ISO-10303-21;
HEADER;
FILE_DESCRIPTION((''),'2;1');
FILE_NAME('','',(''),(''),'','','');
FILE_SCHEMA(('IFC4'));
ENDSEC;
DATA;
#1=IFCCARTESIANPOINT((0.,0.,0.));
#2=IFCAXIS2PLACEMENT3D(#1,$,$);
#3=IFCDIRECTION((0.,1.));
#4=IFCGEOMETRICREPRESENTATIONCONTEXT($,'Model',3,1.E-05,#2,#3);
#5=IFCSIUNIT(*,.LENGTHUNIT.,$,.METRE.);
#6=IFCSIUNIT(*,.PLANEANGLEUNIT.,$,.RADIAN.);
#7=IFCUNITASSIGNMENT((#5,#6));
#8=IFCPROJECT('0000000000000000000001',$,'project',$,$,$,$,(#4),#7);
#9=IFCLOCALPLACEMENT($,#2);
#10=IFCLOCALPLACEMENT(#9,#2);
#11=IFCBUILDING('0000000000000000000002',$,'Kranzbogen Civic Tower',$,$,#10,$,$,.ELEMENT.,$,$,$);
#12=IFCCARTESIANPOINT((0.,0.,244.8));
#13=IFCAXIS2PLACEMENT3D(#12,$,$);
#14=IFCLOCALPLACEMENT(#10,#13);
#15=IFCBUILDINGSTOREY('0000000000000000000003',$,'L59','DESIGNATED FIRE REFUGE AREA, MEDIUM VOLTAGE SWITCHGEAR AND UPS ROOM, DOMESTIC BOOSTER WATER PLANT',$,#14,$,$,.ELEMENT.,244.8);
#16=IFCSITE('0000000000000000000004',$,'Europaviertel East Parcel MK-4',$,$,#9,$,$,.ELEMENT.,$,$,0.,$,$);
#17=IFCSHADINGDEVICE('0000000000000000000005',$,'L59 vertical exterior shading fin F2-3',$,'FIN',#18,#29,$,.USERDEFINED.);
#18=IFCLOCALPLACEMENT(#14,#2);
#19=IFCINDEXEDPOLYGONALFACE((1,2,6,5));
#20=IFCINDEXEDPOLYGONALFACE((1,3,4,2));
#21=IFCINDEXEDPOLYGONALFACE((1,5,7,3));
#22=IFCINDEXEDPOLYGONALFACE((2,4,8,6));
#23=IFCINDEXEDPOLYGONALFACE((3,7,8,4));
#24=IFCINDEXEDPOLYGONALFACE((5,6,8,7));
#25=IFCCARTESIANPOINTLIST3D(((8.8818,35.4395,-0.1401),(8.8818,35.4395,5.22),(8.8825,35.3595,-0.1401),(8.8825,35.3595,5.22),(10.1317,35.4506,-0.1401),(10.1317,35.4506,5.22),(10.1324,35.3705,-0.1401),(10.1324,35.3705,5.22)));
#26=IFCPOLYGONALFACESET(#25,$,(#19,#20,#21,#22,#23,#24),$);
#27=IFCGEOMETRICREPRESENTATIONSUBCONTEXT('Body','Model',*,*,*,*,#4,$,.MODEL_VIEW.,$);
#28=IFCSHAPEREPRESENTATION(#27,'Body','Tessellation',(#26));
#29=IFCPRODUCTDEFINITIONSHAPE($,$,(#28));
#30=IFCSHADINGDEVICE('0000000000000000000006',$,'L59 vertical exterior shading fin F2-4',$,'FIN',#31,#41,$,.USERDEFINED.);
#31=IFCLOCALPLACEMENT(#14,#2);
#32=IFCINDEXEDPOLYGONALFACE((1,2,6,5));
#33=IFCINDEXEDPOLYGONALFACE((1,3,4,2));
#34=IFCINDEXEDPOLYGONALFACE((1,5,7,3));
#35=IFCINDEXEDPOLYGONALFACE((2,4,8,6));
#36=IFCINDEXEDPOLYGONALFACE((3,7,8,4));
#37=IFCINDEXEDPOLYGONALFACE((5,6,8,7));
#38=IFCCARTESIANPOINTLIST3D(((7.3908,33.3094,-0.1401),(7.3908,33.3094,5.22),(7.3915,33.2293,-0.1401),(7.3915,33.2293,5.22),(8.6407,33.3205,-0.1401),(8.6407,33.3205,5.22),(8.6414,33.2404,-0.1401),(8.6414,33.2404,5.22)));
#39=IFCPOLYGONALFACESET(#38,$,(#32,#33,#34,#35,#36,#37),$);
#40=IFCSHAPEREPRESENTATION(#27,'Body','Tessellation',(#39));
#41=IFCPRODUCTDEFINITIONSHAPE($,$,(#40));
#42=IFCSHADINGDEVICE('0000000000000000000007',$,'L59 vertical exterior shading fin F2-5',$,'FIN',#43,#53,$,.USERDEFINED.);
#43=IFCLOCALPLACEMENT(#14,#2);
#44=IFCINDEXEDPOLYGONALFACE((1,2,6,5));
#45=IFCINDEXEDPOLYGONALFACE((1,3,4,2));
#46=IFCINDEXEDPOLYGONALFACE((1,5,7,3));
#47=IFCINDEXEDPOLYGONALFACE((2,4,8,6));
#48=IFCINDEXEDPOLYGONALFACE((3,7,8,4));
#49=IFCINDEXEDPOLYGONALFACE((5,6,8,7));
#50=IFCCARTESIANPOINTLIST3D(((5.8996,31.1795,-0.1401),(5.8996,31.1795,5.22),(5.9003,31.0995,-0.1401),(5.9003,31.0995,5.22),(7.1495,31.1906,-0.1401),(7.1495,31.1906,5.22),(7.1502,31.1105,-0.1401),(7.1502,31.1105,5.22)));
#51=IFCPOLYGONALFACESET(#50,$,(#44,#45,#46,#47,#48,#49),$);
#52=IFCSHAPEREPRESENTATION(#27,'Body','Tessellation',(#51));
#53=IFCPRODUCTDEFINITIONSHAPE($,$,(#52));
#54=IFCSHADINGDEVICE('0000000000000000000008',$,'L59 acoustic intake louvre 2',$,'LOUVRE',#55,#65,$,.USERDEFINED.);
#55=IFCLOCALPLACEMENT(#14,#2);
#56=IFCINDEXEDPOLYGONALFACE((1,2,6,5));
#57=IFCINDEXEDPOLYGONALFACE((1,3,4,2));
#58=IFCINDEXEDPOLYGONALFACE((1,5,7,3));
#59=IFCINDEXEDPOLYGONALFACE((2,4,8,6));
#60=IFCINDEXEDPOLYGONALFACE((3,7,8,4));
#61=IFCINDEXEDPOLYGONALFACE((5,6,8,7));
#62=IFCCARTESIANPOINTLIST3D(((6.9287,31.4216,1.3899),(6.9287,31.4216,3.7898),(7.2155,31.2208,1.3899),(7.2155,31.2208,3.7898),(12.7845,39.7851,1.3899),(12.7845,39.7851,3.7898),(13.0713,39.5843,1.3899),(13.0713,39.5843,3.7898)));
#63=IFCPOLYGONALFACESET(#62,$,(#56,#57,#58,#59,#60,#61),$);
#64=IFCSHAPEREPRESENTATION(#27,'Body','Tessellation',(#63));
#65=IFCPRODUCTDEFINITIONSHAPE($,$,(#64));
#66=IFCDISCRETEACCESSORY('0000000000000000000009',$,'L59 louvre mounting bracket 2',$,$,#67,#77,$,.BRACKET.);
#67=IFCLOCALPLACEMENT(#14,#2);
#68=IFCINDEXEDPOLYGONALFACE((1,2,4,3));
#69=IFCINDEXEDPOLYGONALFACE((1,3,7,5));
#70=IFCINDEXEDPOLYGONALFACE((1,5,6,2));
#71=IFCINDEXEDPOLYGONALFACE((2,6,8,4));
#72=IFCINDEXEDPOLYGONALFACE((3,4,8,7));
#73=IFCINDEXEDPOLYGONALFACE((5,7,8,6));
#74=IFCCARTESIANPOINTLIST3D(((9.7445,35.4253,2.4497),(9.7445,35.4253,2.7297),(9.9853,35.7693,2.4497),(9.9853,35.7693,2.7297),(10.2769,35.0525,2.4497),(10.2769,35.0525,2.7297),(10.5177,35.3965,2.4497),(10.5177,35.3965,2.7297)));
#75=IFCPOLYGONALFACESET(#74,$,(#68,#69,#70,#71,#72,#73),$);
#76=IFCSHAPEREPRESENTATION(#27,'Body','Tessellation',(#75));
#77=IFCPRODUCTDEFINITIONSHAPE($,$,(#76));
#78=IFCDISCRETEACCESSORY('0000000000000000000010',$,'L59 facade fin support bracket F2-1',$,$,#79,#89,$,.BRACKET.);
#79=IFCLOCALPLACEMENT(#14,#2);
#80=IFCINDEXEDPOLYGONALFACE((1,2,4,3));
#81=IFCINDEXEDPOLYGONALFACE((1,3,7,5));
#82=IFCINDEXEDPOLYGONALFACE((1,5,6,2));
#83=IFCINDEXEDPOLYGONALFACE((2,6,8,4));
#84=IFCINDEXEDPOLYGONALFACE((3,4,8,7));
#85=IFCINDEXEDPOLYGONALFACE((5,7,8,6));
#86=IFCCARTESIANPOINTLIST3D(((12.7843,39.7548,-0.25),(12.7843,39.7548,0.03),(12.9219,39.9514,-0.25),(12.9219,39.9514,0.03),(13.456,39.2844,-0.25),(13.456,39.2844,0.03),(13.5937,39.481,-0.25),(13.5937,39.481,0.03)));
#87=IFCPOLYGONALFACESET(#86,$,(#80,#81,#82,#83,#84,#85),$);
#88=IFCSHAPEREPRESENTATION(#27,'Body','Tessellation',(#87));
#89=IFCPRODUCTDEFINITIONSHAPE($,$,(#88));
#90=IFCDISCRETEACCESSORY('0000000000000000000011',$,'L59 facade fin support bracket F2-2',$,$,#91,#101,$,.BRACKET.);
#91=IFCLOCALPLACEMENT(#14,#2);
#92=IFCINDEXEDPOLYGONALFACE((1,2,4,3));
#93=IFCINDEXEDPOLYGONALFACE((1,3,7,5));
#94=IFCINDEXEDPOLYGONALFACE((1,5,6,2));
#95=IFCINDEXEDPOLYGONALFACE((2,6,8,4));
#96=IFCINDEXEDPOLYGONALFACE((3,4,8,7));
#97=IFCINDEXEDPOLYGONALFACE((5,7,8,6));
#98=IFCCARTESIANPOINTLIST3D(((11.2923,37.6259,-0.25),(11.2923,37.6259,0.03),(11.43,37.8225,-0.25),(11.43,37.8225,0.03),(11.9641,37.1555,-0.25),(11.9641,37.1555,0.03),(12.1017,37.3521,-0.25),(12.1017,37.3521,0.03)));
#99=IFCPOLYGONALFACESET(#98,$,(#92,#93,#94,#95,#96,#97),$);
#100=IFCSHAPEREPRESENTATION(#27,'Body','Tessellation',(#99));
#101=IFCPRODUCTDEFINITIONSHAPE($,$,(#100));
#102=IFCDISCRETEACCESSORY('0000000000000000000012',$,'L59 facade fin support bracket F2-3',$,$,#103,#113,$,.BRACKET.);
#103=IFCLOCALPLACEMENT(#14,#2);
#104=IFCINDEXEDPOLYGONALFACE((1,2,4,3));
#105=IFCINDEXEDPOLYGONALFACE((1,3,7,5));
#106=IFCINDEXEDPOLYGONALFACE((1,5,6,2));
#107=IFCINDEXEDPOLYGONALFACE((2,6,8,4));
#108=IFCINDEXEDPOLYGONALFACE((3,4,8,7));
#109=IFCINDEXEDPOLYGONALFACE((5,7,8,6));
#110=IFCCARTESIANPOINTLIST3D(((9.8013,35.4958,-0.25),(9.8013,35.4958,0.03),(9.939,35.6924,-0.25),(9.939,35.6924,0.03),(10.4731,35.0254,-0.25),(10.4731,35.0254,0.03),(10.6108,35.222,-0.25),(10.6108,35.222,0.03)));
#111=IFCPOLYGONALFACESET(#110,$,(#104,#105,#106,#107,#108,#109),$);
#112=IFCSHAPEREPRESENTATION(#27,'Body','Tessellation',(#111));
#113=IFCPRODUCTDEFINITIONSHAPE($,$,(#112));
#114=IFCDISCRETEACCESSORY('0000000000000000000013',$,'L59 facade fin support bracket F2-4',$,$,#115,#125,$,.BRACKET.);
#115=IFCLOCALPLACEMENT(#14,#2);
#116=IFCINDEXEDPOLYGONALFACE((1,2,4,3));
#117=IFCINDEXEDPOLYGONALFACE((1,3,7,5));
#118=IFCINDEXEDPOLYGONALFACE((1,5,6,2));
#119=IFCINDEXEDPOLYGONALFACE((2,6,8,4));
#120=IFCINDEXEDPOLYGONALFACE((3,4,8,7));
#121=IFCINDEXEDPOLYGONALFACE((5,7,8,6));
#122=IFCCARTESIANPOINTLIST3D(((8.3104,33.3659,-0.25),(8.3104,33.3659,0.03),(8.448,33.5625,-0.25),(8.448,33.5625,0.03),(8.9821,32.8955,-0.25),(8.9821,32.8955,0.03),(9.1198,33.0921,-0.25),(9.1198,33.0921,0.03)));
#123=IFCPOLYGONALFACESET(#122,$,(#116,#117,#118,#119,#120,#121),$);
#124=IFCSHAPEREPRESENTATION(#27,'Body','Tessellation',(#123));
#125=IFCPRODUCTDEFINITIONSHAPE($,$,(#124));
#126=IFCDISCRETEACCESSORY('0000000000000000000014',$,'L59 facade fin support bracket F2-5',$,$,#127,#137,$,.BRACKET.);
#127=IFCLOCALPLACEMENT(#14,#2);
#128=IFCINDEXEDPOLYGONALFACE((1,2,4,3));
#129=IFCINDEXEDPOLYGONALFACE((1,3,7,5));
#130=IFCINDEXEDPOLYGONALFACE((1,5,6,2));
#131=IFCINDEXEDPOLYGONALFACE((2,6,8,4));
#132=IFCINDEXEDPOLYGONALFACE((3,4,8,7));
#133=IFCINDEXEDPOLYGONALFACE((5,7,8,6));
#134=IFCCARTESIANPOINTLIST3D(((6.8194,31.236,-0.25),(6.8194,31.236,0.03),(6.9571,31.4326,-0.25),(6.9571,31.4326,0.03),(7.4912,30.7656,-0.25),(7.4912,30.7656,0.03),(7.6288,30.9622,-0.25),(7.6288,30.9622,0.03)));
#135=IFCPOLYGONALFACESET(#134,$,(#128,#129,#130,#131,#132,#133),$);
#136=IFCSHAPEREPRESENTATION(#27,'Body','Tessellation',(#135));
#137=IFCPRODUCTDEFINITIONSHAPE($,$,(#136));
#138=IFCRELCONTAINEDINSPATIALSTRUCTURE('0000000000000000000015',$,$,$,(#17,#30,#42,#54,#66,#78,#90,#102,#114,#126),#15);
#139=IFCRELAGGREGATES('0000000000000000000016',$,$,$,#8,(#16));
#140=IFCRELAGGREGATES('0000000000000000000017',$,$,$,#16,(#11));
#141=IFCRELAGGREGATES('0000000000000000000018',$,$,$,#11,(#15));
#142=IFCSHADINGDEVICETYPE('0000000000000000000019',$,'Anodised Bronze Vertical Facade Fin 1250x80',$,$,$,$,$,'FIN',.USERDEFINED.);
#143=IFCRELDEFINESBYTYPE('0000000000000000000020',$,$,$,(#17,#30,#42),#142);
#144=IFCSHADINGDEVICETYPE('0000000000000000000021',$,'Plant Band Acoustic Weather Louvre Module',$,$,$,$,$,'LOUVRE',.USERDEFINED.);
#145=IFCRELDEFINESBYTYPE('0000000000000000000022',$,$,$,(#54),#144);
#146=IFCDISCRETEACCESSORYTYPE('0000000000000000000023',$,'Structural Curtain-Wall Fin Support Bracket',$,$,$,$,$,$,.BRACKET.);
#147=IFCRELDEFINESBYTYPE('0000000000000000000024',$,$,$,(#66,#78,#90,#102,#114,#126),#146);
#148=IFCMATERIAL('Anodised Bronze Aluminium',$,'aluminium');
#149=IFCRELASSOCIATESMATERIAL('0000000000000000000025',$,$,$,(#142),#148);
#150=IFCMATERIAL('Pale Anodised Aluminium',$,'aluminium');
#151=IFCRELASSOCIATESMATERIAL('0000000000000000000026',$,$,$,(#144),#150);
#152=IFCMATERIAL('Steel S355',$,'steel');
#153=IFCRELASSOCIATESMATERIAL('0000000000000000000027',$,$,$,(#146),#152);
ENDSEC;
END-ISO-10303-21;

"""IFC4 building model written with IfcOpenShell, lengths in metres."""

from ifc_helpers import new_model, si_unit, direction, frame, origin, origin_2d, place, context, subcontext, project, spatial, rectangle, extrude, material, type_object, element, save


model = new_model("IFC4")

# Units and contexts
model_context = context("Model", 3, precision=1e-05, world=origin(), true_north=direction((0.0, 1.0)))
body_context = subcontext(model_context, "Body", "Model", "MODEL_VIEW")
ifc_project = project(units=[si_unit("LENGTHUNIT", "METRE"), si_unit("PLANEANGLEUNIT", "RADIAN")], contexts=[model_context])

# Site, building, storey
site_placement = place(None, origin())
site = spatial("IfcSite", under=ifc_project, at=site_placement, Name="Europaviertel East Parcel MK-4", CompositionType="ELEMENT", RefElevation=0.0)
building_placement = place(site_placement, origin())
building = spatial("IfcBuilding", under=site, at=building_placement, Name="Kranzbogen Civic Tower", CompositionType="ELEMENT")
storey_placement = place(building_placement, frame((0.0, 0.0, 244.8)))
storey = spatial("IfcBuildingStorey", under=building, at=storey_placement, Name="L59", Description="DESIGNATED FIRE REFUGE AREA, MEDIUM VOLTAGE SWITCHGEAR AND UPS ROOM, DOMESTIC BOOSTER WATER PLANT", CompositionType="ELEMENT", Elevation=244.8)

# Shared definitions
ifc_material_1 = material(Name="Steel S355", Category="steel")

# Shared definitions
ifc_material_2 = material(Name="Pale Anodised Aluminium", Category="aluminium")

# Shading devices
ifc_material_3 = material(Name="Anodised Bronze Aluminium", Category="aluminium")
shading_device_type_1 = type_object("IfcShadingDeviceType", Name="Anodised Bronze Vertical Facade Fin 1250x80", ElementType="FIN", PredefinedType="USERDEFINED", material=ifc_material_3)
for number, where, z_axis, x_axis, name in (
    (1, (9.5071, 35.405, -0.1401), (0.0, 0.0, 1.0), (-0.999961, -0.008849, 0.0), "L59 vertical exterior shading fin F2-3"),
    (2, (8.0161, 33.2749, -0.1401), (0.0, 0.0, 1.0), (-0.999961, -0.008849, 0.0), "L59 vertical exterior shading fin F2-4"),
    (3, (6.5249, 31.145, -0.1401), (0.0, 0.0, 1.0), (-0.999961, -0.008849, 0.0), "L59 vertical exterior shading fin F2-5"),
):
    element("IfcShadingDevice", number, at=place(storey_placement, frame(where, z_axis=z_axis, x_axis=x_axis)), inside=storey, type_object=shading_device_type_1, Name=name, ObjectType="FIN", PredefinedType="USERDEFINED", context=body_context, shape_type="SweptSolid", body=[
        extrude(rectangle(XDim=1.25, YDim=0.0801, at=origin_2d()), origin(), (0.0, 0.0, 1.0), 5.3601),
    ])
shading_device_type_2 = type_object("IfcShadingDeviceType", Name="Plant Band Acoustic Weather Louvre Module", ElementType="LOUVRE", PredefinedType="USERDEFINED", material=ifc_material_2)
shading_device_placement = place(storey_placement, frame((10.0, 35.5029, 1.3899), z_axis=(0.0, 0.0, 1.0), x_axis=(-0.573548, -0.819172, 0.0)))
element("IfcShadingDevice", 4, at=shading_device_placement, inside=storey, type_object=shading_device_type_2, Name="L59 acoustic intake louvre 2", ObjectType="LOUVRE", PredefinedType="USERDEFINED", context=body_context, shape_type="SweptSolid", body=[
    extrude(rectangle(XDim=10.2097, YDim=0.3501, at=origin_2d()), origin(), (0.0, 0.0, 1.0), 2.3999),
])

# Discrete accessories
discrete_accessory_type = type_object("IfcDiscreteAccessoryType", Name="Structural Curtain-Wall Fin Support Bracket", PredefinedType="BRACKET", material=ifc_material_1)
discrete_accessory_placement = place(storey_placement, frame((10.1311, 35.4109, 2.4497), z_axis=(0.0, 0.0, 1.0), x_axis=(-0.819152, 0.573576, 0.0)))
element("IfcDiscreteAccessory", 5, at=discrete_accessory_placement, inside=storey, type_object=discrete_accessory_type, Name="L59 louvre mounting bracket 2", PredefinedType="BRACKET", context=body_context, shape_type="SweptSolid", body=[
    extrude(rectangle(XDim=0.6499, YDim=0.4199, at=origin_2d()), origin(), (0.0, 0.0, 1.0), 0.28),
])
for number, where, z_axis, x_axis, name in (
    (6, (13.189, 39.6179, -0.25), (0.0, 0.0, 1.0), (-0.819152, 0.573576, 0.0), "L59 facade fin support bracket F2-1"),
    (7, (11.697, 37.489, -0.25), (0.0, 0.0, 1.0), (-0.819152, 0.573576, 0.0), "L59 facade fin support bracket F2-2"),
    (8, (10.2061, 35.3589, -0.25), (0.0, 0.0, 1.0), (-0.819152, 0.573576, 0.0), "L59 facade fin support bracket F2-3"),
    (9, (8.7151, 33.229, -0.25), (0.0, 0.0, 1.0), (-0.819152, 0.573576, 0.0), "L59 facade fin support bracket F2-4"),
    (10, (7.2241, 31.0991, -0.25), (0.0, 0.0, 1.0), (-0.819152, 0.573576, 0.0), "L59 facade fin support bracket F2-5"),
):
    element("IfcDiscreteAccessory", number, at=place(storey_placement, frame(where, z_axis=z_axis, x_axis=x_axis)), inside=storey, type_object=discrete_accessory_type, Name=name, PredefinedType="BRACKET", context=body_context, shape_type="SweptSolid", body=[
        extrude(rectangle(XDim=0.8201, YDim=0.24, at=origin_2d()), origin(), (0.0, 0.0, 1.0), 0.28),
    ])

save(model, "model.ifc")
